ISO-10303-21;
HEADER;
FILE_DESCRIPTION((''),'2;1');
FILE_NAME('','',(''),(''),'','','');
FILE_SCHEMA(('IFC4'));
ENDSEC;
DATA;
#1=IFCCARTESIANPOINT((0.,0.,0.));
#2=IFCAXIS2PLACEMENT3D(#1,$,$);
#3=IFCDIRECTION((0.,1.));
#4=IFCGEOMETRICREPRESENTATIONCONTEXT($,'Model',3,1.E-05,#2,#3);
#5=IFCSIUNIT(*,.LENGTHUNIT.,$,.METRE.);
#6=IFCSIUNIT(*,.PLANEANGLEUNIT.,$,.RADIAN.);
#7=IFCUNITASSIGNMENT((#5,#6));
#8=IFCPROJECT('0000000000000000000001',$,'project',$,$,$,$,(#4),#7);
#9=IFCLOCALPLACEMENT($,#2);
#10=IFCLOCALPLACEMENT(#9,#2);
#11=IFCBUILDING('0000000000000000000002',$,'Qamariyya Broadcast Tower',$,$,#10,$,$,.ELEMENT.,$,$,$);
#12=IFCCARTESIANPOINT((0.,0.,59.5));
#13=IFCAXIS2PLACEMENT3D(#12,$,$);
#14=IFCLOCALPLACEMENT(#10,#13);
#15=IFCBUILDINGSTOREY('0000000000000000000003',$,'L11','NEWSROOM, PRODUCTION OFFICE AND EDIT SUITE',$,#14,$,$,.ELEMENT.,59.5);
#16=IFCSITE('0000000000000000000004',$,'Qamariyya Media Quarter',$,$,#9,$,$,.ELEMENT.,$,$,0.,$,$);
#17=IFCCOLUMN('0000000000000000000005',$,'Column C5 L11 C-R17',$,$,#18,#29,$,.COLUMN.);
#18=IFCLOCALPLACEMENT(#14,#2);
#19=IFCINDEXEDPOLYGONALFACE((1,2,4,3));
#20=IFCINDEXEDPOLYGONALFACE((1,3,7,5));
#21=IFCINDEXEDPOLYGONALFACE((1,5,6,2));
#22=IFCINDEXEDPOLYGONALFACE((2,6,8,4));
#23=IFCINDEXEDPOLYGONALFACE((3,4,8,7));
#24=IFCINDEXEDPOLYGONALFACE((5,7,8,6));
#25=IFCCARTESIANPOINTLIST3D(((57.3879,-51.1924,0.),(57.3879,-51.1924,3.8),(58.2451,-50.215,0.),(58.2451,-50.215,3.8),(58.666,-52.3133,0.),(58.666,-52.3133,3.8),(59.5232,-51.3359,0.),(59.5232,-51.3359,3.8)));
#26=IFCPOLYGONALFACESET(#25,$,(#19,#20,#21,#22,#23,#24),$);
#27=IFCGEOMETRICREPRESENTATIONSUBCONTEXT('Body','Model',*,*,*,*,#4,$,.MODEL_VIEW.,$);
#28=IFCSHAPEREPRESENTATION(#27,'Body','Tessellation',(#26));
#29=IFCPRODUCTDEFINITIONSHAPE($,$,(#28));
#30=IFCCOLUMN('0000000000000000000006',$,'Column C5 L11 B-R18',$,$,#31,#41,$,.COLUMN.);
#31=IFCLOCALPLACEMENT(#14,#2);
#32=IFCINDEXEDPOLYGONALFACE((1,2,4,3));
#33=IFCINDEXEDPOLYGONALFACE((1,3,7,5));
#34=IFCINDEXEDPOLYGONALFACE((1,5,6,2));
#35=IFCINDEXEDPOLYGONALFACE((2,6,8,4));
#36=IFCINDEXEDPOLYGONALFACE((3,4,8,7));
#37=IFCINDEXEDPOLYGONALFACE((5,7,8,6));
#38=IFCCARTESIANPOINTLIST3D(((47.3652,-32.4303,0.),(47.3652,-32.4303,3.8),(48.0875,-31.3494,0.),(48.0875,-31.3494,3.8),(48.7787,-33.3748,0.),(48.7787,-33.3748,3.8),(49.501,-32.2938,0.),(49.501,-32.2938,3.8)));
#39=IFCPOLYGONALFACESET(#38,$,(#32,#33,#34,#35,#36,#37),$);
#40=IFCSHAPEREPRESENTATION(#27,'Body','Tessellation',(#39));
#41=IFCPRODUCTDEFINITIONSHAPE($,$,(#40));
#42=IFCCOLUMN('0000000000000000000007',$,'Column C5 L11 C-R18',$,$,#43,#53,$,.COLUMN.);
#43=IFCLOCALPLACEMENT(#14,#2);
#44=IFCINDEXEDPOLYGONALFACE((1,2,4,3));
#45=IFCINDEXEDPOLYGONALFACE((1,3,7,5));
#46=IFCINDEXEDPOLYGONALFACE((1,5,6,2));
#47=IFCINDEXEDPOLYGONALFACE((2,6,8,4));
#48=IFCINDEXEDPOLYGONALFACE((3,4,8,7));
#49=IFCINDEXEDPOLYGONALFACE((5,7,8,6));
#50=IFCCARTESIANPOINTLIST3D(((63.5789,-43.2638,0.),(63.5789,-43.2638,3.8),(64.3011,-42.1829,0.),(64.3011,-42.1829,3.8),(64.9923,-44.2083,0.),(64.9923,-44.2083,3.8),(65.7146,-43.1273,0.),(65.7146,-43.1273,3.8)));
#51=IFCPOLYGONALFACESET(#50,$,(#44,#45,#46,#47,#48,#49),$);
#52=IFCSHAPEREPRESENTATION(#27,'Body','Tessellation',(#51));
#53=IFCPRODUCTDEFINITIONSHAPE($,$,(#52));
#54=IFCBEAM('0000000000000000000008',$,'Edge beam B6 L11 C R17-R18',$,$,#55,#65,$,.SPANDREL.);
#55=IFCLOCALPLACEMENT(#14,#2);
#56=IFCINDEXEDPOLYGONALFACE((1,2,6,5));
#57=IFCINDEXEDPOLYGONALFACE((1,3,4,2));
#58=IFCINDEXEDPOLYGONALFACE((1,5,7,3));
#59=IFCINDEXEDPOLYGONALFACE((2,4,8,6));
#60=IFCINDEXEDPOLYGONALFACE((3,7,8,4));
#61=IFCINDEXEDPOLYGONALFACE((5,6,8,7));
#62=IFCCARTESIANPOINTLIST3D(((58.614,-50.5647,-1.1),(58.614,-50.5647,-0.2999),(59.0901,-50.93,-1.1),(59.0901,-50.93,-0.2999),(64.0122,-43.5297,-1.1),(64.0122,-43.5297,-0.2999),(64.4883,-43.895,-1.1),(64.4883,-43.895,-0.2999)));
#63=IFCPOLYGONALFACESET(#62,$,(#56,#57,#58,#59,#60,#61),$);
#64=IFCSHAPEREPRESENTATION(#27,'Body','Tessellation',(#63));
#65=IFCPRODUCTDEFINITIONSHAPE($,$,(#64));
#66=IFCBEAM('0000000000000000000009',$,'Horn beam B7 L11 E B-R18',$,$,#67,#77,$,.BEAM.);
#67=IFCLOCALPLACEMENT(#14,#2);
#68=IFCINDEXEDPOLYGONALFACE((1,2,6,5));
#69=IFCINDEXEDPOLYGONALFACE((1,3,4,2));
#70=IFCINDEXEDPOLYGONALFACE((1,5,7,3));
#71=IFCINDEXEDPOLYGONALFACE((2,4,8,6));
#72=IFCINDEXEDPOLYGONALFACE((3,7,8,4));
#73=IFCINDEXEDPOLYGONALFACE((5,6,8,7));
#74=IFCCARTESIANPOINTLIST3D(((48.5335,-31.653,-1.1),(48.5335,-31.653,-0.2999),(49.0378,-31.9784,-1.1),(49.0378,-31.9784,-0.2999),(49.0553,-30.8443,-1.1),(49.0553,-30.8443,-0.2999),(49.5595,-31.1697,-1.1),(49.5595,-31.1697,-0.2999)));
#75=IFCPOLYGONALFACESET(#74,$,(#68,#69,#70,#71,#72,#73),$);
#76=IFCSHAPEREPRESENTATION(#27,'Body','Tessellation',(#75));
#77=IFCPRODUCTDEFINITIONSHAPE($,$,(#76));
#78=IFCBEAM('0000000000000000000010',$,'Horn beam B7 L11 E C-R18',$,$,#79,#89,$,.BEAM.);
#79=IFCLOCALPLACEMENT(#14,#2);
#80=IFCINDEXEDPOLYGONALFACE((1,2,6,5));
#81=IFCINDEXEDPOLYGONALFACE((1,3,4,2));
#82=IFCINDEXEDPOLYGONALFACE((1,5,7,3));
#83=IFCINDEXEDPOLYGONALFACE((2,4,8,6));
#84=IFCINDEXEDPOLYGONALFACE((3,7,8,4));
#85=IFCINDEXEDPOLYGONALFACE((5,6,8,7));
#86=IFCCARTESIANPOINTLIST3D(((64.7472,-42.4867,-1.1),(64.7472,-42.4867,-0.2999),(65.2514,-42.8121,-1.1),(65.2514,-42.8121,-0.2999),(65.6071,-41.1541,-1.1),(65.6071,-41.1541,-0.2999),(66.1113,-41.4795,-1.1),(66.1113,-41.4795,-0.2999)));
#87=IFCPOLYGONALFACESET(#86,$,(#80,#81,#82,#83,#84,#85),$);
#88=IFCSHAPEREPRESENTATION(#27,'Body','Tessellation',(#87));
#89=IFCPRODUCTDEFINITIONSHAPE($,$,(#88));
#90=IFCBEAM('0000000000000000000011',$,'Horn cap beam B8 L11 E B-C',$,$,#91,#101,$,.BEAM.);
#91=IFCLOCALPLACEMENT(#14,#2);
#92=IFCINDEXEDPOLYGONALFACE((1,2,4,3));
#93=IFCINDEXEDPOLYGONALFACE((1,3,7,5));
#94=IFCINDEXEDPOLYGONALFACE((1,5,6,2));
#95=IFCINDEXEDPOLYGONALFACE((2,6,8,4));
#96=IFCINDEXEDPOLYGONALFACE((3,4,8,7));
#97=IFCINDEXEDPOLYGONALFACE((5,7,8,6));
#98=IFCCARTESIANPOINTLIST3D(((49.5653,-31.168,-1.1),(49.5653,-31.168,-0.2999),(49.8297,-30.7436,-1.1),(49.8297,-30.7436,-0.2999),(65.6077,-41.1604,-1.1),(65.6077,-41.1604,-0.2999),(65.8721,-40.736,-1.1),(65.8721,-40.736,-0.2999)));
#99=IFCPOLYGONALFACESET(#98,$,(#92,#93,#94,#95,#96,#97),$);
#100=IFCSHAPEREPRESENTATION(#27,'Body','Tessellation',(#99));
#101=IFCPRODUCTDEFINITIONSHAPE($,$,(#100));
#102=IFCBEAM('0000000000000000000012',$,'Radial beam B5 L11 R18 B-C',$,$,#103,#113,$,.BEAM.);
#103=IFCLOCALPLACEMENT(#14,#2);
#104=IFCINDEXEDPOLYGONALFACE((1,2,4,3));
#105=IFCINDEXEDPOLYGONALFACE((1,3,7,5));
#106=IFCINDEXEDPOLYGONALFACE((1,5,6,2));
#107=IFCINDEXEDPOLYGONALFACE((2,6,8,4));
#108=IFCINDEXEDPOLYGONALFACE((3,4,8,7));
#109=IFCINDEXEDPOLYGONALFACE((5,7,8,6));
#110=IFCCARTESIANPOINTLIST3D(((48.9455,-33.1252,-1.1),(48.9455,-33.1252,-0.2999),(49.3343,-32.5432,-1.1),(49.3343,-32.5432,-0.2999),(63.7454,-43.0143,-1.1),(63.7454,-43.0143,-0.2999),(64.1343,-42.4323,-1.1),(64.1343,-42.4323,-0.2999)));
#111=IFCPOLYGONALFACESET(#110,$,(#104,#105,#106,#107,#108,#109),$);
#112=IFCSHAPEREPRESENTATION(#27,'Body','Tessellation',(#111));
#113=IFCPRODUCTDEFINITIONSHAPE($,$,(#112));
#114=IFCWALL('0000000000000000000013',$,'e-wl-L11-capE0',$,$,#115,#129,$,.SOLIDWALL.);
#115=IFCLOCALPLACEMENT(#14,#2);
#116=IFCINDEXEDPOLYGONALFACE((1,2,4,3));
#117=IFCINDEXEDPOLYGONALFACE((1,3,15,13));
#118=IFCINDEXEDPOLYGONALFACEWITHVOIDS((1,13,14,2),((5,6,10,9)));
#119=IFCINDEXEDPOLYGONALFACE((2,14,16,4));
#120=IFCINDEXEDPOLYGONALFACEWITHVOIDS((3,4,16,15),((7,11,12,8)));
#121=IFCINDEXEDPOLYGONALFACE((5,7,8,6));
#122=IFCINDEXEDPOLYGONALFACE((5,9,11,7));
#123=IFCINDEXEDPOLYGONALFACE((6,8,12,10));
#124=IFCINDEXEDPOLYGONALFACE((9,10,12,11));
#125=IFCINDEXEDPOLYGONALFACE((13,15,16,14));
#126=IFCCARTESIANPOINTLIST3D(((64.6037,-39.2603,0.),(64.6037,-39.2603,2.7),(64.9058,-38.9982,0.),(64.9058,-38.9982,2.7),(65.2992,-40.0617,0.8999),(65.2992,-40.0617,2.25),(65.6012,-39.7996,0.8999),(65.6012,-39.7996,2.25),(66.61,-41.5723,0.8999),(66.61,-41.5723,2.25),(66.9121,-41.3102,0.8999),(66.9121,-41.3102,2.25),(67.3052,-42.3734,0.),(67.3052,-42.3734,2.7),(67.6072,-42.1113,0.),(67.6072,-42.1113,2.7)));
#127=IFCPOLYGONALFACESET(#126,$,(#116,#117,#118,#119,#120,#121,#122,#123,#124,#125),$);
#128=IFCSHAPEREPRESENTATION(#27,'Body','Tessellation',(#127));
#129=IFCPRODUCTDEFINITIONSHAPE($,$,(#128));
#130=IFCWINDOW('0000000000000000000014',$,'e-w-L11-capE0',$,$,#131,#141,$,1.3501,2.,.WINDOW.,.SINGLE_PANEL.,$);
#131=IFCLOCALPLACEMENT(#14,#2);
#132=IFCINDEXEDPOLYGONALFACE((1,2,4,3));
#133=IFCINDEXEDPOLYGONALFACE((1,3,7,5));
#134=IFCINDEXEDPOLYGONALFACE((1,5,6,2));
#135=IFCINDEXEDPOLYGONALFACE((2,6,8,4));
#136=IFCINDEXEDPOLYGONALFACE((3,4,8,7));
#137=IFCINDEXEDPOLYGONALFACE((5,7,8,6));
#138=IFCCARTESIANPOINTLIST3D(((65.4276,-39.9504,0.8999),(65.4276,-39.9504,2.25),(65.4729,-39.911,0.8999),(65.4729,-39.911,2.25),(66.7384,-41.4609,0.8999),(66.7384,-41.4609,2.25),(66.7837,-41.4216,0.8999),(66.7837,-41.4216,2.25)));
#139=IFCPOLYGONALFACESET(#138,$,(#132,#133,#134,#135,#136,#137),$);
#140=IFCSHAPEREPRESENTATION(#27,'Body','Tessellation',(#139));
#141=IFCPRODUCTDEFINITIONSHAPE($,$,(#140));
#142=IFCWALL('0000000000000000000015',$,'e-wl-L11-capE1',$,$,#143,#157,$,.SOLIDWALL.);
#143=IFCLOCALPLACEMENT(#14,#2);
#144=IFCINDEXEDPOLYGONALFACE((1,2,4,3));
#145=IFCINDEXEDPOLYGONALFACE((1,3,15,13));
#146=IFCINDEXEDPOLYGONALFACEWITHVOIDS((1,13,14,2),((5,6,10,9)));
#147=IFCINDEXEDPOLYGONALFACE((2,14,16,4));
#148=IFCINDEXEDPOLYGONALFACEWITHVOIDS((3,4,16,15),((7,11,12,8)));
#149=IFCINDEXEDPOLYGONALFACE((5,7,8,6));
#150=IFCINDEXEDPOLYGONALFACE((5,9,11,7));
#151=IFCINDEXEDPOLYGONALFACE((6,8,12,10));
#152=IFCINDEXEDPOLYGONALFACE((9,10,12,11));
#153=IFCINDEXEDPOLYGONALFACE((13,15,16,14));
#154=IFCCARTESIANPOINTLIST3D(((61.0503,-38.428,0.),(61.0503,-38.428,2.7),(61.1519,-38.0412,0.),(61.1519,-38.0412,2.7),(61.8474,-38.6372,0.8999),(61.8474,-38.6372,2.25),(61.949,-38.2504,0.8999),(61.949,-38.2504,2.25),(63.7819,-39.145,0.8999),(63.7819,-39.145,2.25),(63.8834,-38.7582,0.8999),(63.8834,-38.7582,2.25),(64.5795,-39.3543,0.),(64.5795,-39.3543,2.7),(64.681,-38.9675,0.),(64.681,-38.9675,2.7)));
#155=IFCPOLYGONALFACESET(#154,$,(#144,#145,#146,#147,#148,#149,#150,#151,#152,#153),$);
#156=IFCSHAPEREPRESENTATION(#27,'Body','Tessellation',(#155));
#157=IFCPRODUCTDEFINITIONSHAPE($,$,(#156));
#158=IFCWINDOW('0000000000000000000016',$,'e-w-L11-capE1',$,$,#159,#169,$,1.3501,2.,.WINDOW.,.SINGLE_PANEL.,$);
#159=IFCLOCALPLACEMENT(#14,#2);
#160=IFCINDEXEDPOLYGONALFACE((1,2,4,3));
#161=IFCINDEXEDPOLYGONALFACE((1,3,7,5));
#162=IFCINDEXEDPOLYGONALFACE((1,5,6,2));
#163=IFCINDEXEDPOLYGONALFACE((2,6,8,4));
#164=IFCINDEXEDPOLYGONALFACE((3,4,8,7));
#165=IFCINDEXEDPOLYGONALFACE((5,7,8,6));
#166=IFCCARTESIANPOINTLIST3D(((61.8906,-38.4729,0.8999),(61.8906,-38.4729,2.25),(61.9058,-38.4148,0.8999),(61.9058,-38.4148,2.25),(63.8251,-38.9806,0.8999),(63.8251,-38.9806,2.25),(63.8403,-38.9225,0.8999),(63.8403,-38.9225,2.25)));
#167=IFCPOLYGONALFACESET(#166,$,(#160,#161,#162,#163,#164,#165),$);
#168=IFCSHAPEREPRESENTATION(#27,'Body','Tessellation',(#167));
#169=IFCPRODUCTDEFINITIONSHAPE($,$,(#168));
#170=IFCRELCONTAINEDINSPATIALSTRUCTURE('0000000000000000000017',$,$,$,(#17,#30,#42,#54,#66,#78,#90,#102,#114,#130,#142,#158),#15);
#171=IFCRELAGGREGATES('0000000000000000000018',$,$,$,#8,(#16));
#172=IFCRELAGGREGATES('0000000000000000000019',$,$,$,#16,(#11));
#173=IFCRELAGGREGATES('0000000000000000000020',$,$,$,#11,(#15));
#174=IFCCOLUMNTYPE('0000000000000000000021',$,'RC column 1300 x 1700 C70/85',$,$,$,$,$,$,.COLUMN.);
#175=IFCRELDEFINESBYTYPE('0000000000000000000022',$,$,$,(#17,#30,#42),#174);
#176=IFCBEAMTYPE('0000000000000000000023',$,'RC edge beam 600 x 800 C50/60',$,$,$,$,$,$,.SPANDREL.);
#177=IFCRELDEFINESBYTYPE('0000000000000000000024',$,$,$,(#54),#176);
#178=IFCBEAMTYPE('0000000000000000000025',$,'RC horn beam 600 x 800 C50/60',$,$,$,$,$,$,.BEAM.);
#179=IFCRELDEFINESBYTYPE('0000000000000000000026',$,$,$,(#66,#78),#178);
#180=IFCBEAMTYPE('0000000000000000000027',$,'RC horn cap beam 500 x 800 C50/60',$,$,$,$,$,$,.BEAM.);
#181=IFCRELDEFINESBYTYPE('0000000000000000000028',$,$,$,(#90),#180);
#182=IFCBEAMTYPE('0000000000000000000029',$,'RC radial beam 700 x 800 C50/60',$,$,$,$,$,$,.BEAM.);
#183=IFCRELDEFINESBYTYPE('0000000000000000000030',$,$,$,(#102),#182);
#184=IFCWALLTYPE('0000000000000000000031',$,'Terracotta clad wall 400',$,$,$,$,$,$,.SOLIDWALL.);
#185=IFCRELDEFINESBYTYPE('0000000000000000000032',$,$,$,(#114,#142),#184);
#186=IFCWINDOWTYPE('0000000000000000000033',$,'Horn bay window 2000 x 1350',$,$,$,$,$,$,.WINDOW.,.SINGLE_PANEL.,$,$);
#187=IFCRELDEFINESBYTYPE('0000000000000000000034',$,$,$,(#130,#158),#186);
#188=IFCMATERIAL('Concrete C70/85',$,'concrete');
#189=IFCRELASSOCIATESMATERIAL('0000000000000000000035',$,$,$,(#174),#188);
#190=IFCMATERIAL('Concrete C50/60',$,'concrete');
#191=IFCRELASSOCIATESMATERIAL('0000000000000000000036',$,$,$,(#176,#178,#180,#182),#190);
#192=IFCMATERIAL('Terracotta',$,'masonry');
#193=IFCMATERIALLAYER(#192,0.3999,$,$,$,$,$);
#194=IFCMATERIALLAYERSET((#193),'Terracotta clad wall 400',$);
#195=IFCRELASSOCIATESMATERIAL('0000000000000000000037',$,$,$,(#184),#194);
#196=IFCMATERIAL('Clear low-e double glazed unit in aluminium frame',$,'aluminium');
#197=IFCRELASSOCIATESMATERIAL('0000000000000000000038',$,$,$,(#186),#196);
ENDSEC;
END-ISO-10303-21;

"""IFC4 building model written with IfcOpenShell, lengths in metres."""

from ifc_helpers import new_model, si_unit, direction, frame, frame_2d, origin, origin_2d, place, context, subcontext, project, spatial, rectangle, extrude, material, layer, layer_set, material_profile, profile_set, type_object, element, fill, save


model = new_model("IFC4")

# Units and contexts
model_context = context("Model", 3, precision=1e-05, world=origin(), true_north=direction((0.0, 1.0)))
body_context = subcontext(model_context, "Body", "Model", "MODEL_VIEW")
ifc_project = project(units=[si_unit("LENGTHUNIT", "METRE"), si_unit("PLANEANGLEUNIT", "RADIAN")], contexts=[model_context])

# Site, building, storey
site_placement = place(None, origin())
site = spatial("IfcSite", under=ifc_project, at=site_placement, Name="Qamariyya Media Quarter", CompositionType="ELEMENT", RefElevation=0.0)
building_placement = place(site_placement, origin())
building = spatial("IfcBuilding", under=site, at=building_placement, Name="Qamariyya Broadcast Tower", CompositionType="ELEMENT")
storey_placement = place(building_placement, frame((0.0, 0.0, 59.5)))
storey = spatial("IfcBuildingStorey", under=building, at=storey_placement, Name="L11", Description="NEWSROOM, PRODUCTION OFFICE AND EDIT SUITE", CompositionType="ELEMENT", Elevation=59.5)

# Columns
ifc_material_1 = material(Name="Concrete C70/85", Category="concrete")
ifc_material_profile_1 = material_profile(ifc_material_1, rectangle(XDim=1.3, YDim=1.7, at=origin_2d()))
ifc_profile_set_1 = profile_set([ifc_material_profile_1], Name="Concrete C70/85")
column_type = type_object("IfcColumnType", Name="RC column 1300 x 1700 C70/85", PredefinedType="COLUMN", material=ifc_profile_set_1)
for number, where, z_axis, x_axis, name in (
    (1, (58.4556, -51.2642, 0.0), (0.0, 0.0, 1.0), (0.659346, 0.75184, 0.0), "Column C5 L11 C-R17"),
    (2, (48.4331, -32.3621, 0.0), (0.0, 0.0, 1.0), (0.55557, 0.83147, 0.0), "Column C5 L11 B-R18"),
    (3, (64.6467, -43.1956, 0.0), (0.0, 0.0, 1.0), (0.55557, 0.83147, 0.0), "Column C5 L11 C-R18"),
):
    element("IfcColumn", number, at=place(storey_placement, frame(where, z_axis=z_axis, x_axis=x_axis)), inside=storey, type_object=column_type, Name=name, PredefinedType="COLUMN", context=body_context, shape_type="SweptSolid", body=[
        extrude(rectangle(XDim=1.3, YDim=1.7, at=origin_2d()), origin(), (0.0, 0.0, 1.0), 3.8),
    ])

# Beams
ifc_material_2 = material(Name="Concrete C50/60", Category="concrete")
ifc_material_profile_2 = material_profile(ifc_material_2, rectangle(XDim=0.6001, YDim=0.8, at=origin_2d()))
ifc_profile_set_2 = profile_set([ifc_material_profile_2], Name="Concrete C50/60")
beam_type_1 = type_object("IfcBeamType", Name="RC edge beam 600 x 800 C50/60", PredefinedType="SPANDREL", material=ifc_profile_set_2)
beam_1_placement = place(storey_placement, frame((58.8521, -50.7473, -0.7), z_axis=(0.60877, 0.793347, 0.0), x_axis=(-0.793347, 0.60877, 0.0)))
element("IfcBeam", 4, at=beam_1_placement, inside=storey, type_object=beam_type_1, Name="Edge beam B6 L11 C R17-R18", PredefinedType="SPANDREL", context=body_context, shape_type="SweptSolid", body=[
    extrude(rectangle(XDim=0.6001, YDim=0.8, at=origin_2d()), origin(), (0.0, 0.0, 1.0), 8.8674),
])
ifc_material_profile_3 = material_profile(ifc_material_2, rectangle(XDim=0.6001, YDim=0.8, at=origin_2d()))
ifc_profile_set_3 = profile_set([ifc_material_profile_3], Name="Concrete C50/60")
beam_type_2 = type_object("IfcBeamType", Name="RC horn beam 600 x 800 C50/60", PredefinedType="BEAM", material=ifc_profile_set_3)
beam_2_placement = place(storey_placement, frame((48.7856, -31.8157, -0.7), z_axis=(0.542167, 0.840271, 0.0), x_axis=(-0.840271, 0.542167, 0.0)))
element("IfcBeam", 5, at=beam_2_placement, inside=storey, type_object=beam_type_2, Name="Horn beam B7 L11 E B-R18", PredefinedType="BEAM", context=body_context, shape_type="SweptSolid", body=[
    extrude(rectangle(XDim=0.6001, YDim=0.8, at=origin_2d()), origin(), (0.0, 0.0, 1.0), 0.9624),
])
beam_3_placement = place(storey_placement, frame((64.9993, -42.6494, -0.7), z_axis=(0.542204, 0.840247, 0.0), x_axis=(-0.840247, 0.542204, 0.0)))
element("IfcBeam", 6, at=beam_3_placement, inside=storey, type_object=beam_type_2, Name="Horn beam B7 L11 E C-R18", PredefinedType="BEAM", context=body_context, shape_type="SweptSolid", body=[
    extrude(rectangle(XDim=0.6001, YDim=0.8, at=origin_2d()), origin(), (0.0, 0.0, 1.0), 1.5859),
])
ifc_material_profile_4 = material_profile(ifc_material_2, rectangle(XDim=0.5, YDim=0.8, at=origin_2d()))
ifc_profile_set_4 = profile_set([ifc_material_profile_4], Name="Concrete C50/60")
beam_type_3 = type_object("IfcBeamType", Name="RC horn cap beam 500 x 800 C50/60", PredefinedType="BEAM", material=ifc_profile_set_4)
beam_4_placement = place(storey_placement, frame((49.6975, -30.9558, -0.7), z_axis=(0.848809, -0.5287, 0.0), x_axis=(0.5287, 0.848809, 0.0)))
element("IfcBeam", 7, at=beam_4_placement, inside=storey, type_object=beam_type_3, Name="Horn cap beam B8 L11 E B-C", PredefinedType="BEAM", context=body_context, shape_type="SweptSolid", body=[
    extrude(rectangle(XDim=0.5, YDim=0.8, at=origin_2d()), origin(), (0.0, 0.0, 1.0), 18.8999),
])
ifc_material_profile_5 = material_profile(ifc_material_2, rectangle(XDim=0.7, YDim=0.8, at=origin_2d()))
ifc_profile_set_5 = profile_set([ifc_material_profile_5], Name="Concrete C50/60")
beam_type_4 = type_object("IfcBeamType", Name="RC radial beam 700 x 800 C50/60", PredefinedType="BEAM", material=ifc_profile_set_5)
beam_5_placement = place(storey_placement, frame((49.1399, -32.8342, -0.7), z_axis=(0.831467, -0.555573, 0.0), x_axis=(0.555573, 0.831467, 0.0)))
element("IfcBeam", 8, at=beam_5_placement, inside=storey, type_object=beam_type_4, Name="Radial beam B5 L11 R18 B-C", PredefinedType="BEAM", context=body_context, shape_type="SweptSolid", body=[
    extrude(rectangle(XDim=0.7, YDim=0.8, at=origin_2d()), origin(), (0.0, 0.0, 1.0), 17.7998),
])

# Walls, openings, windows
ifc_material_3 = material(Name="Terracotta", Category="masonry")
ifc_layer = layer(ifc_material_3, 0.3999)
ifc_layer_set = layer_set([ifc_layer], Name="Terracotta clad wall 400")
wall_type = type_object("IfcWallType", Name="Terracotta clad wall 400", PredefinedType="SOLIDWALL", material=ifc_layer_set)
wall_1_placement = place(storey_placement, frame((67.4563, -42.2424, 0.0), z_axis=(0.0, 0.0, 1.0), x_axis=(-0.655408, 0.755275, 0.0)))
wall_1 = element("IfcWall", 9, at=wall_1_placement, inside=storey, type_object=wall_type, Name="e-wl-L11-capE0", PredefinedType="SOLIDWALL", context=body_context, shape_type="SweptSolid", body=[
    extrude(rectangle(XDim=4.1218, YDim=0.3999, at=frame_2d((2.061, 0.0))), origin(), (0.0, 0.0, 1.0), 2.7),
])
opening_1_placement = place(wall_1_placement, frame((1.0608, 0.0, 0.8999)))
opening_1 = element("IfcOpeningElement", 10, at=opening_1_placement, cuts=wall_1, PredefinedType="OPENING", context=body_context, shape_type="SweptSolid", body=[
    extrude(rectangle(XDim=2.0, YDim=1.3501, at=frame_2d((1.0, 0.675))), frame((0.0, 0.21, 0.0), z_axis=(0.0, -1.0, 0.0), x_axis=(1.0, 0.0, 0.0)), (0.0, 0.0, 1.0), 0.4199),
])
ifc_material_4 = material(Name="Clear low-e double glazed unit in aluminium frame", Category="aluminium")
window_type = type_object("IfcWindowType", Name="Horn bay window 2000 x 1350", PartitioningType="SINGLE_PANEL", PredefinedType="WINDOW", material=ifc_material_4)
window_1_placement = place(opening_1_placement, origin())
window_1 = element("IfcWindow", 11, at=window_1_placement, inside=storey, type_object=window_type, Name="e-w-L11-capE0", OverallHeight=1.3501, OverallWidth=2.0, PartitioningType="SINGLE_PANEL", PredefinedType="WINDOW", context=body_context, shape_type="SweptSolid", body=[
    extrude(rectangle(XDim=2.0, YDim=1.3501, at=frame_2d((1.0, 0.675))), frame((0.0, 0.03, 0.0), z_axis=(0.0, -1.0, 0.0), x_axis=(1.0, 0.0, 0.0)), (0.0, 0.0, 1.0), 0.0601),
])
fill(opening_1, window_1)
wall_2_placement = place(storey_placement, frame((64.6301, -39.1609, 0.0), z_axis=(0.0, 0.0, 1.0), x_axis=(-0.967238, 0.253871, 0.0)))
wall_2 = element("IfcWall", 12, at=wall_2_placement, inside=storey, type_object=wall_type, Name="e-wl-L11-capE1", PredefinedType="SOLIDWALL", context=body_context, shape_type="SweptSolid", body=[
    extrude(rectangle(XDim=3.6487, YDim=0.3999, at=frame_2d((1.8242, 0.0))), origin(), (0.0, 0.0, 1.0), 2.7),
])
opening_2_placement = place(wall_2_placement, frame((0.8245, 0.0, 0.8999)))
opening_2 = element("IfcOpeningElement", 13, at=opening_2_placement, cuts=wall_2, PredefinedType="OPENING", context=body_context, shape_type="SweptSolid", body=[
    extrude(rectangle(XDim=2.0, YDim=1.3501, at=frame_2d((1.0, 0.675))), frame((0.0, 0.21, 0.0), z_axis=(0.0, -1.0, 0.0), x_axis=(1.0, 0.0, 0.0)), (0.0, 0.0, 1.0), 0.4199),
])
window_2_placement = place(opening_2_placement, origin())
window_2 = element("IfcWindow", 14, at=window_2_placement, inside=storey, type_object=window_type, Name="e-w-L11-capE1", OverallHeight=1.3501, OverallWidth=2.0, PartitioningType="SINGLE_PANEL", PredefinedType="WINDOW", context=body_context, shape_type="SweptSolid", body=[
    extrude(rectangle(XDim=2.0, YDim=1.3501, at=frame_2d((1.0, 0.675))), frame((0.0, 0.03, 0.0), z_axis=(0.0, -1.0, 0.0), x_axis=(1.0, 0.0, 0.0)), (0.0, 0.0, 1.0), 0.0601),
])
fill(opening_2, window_2)

save(model, "model.ifc")
